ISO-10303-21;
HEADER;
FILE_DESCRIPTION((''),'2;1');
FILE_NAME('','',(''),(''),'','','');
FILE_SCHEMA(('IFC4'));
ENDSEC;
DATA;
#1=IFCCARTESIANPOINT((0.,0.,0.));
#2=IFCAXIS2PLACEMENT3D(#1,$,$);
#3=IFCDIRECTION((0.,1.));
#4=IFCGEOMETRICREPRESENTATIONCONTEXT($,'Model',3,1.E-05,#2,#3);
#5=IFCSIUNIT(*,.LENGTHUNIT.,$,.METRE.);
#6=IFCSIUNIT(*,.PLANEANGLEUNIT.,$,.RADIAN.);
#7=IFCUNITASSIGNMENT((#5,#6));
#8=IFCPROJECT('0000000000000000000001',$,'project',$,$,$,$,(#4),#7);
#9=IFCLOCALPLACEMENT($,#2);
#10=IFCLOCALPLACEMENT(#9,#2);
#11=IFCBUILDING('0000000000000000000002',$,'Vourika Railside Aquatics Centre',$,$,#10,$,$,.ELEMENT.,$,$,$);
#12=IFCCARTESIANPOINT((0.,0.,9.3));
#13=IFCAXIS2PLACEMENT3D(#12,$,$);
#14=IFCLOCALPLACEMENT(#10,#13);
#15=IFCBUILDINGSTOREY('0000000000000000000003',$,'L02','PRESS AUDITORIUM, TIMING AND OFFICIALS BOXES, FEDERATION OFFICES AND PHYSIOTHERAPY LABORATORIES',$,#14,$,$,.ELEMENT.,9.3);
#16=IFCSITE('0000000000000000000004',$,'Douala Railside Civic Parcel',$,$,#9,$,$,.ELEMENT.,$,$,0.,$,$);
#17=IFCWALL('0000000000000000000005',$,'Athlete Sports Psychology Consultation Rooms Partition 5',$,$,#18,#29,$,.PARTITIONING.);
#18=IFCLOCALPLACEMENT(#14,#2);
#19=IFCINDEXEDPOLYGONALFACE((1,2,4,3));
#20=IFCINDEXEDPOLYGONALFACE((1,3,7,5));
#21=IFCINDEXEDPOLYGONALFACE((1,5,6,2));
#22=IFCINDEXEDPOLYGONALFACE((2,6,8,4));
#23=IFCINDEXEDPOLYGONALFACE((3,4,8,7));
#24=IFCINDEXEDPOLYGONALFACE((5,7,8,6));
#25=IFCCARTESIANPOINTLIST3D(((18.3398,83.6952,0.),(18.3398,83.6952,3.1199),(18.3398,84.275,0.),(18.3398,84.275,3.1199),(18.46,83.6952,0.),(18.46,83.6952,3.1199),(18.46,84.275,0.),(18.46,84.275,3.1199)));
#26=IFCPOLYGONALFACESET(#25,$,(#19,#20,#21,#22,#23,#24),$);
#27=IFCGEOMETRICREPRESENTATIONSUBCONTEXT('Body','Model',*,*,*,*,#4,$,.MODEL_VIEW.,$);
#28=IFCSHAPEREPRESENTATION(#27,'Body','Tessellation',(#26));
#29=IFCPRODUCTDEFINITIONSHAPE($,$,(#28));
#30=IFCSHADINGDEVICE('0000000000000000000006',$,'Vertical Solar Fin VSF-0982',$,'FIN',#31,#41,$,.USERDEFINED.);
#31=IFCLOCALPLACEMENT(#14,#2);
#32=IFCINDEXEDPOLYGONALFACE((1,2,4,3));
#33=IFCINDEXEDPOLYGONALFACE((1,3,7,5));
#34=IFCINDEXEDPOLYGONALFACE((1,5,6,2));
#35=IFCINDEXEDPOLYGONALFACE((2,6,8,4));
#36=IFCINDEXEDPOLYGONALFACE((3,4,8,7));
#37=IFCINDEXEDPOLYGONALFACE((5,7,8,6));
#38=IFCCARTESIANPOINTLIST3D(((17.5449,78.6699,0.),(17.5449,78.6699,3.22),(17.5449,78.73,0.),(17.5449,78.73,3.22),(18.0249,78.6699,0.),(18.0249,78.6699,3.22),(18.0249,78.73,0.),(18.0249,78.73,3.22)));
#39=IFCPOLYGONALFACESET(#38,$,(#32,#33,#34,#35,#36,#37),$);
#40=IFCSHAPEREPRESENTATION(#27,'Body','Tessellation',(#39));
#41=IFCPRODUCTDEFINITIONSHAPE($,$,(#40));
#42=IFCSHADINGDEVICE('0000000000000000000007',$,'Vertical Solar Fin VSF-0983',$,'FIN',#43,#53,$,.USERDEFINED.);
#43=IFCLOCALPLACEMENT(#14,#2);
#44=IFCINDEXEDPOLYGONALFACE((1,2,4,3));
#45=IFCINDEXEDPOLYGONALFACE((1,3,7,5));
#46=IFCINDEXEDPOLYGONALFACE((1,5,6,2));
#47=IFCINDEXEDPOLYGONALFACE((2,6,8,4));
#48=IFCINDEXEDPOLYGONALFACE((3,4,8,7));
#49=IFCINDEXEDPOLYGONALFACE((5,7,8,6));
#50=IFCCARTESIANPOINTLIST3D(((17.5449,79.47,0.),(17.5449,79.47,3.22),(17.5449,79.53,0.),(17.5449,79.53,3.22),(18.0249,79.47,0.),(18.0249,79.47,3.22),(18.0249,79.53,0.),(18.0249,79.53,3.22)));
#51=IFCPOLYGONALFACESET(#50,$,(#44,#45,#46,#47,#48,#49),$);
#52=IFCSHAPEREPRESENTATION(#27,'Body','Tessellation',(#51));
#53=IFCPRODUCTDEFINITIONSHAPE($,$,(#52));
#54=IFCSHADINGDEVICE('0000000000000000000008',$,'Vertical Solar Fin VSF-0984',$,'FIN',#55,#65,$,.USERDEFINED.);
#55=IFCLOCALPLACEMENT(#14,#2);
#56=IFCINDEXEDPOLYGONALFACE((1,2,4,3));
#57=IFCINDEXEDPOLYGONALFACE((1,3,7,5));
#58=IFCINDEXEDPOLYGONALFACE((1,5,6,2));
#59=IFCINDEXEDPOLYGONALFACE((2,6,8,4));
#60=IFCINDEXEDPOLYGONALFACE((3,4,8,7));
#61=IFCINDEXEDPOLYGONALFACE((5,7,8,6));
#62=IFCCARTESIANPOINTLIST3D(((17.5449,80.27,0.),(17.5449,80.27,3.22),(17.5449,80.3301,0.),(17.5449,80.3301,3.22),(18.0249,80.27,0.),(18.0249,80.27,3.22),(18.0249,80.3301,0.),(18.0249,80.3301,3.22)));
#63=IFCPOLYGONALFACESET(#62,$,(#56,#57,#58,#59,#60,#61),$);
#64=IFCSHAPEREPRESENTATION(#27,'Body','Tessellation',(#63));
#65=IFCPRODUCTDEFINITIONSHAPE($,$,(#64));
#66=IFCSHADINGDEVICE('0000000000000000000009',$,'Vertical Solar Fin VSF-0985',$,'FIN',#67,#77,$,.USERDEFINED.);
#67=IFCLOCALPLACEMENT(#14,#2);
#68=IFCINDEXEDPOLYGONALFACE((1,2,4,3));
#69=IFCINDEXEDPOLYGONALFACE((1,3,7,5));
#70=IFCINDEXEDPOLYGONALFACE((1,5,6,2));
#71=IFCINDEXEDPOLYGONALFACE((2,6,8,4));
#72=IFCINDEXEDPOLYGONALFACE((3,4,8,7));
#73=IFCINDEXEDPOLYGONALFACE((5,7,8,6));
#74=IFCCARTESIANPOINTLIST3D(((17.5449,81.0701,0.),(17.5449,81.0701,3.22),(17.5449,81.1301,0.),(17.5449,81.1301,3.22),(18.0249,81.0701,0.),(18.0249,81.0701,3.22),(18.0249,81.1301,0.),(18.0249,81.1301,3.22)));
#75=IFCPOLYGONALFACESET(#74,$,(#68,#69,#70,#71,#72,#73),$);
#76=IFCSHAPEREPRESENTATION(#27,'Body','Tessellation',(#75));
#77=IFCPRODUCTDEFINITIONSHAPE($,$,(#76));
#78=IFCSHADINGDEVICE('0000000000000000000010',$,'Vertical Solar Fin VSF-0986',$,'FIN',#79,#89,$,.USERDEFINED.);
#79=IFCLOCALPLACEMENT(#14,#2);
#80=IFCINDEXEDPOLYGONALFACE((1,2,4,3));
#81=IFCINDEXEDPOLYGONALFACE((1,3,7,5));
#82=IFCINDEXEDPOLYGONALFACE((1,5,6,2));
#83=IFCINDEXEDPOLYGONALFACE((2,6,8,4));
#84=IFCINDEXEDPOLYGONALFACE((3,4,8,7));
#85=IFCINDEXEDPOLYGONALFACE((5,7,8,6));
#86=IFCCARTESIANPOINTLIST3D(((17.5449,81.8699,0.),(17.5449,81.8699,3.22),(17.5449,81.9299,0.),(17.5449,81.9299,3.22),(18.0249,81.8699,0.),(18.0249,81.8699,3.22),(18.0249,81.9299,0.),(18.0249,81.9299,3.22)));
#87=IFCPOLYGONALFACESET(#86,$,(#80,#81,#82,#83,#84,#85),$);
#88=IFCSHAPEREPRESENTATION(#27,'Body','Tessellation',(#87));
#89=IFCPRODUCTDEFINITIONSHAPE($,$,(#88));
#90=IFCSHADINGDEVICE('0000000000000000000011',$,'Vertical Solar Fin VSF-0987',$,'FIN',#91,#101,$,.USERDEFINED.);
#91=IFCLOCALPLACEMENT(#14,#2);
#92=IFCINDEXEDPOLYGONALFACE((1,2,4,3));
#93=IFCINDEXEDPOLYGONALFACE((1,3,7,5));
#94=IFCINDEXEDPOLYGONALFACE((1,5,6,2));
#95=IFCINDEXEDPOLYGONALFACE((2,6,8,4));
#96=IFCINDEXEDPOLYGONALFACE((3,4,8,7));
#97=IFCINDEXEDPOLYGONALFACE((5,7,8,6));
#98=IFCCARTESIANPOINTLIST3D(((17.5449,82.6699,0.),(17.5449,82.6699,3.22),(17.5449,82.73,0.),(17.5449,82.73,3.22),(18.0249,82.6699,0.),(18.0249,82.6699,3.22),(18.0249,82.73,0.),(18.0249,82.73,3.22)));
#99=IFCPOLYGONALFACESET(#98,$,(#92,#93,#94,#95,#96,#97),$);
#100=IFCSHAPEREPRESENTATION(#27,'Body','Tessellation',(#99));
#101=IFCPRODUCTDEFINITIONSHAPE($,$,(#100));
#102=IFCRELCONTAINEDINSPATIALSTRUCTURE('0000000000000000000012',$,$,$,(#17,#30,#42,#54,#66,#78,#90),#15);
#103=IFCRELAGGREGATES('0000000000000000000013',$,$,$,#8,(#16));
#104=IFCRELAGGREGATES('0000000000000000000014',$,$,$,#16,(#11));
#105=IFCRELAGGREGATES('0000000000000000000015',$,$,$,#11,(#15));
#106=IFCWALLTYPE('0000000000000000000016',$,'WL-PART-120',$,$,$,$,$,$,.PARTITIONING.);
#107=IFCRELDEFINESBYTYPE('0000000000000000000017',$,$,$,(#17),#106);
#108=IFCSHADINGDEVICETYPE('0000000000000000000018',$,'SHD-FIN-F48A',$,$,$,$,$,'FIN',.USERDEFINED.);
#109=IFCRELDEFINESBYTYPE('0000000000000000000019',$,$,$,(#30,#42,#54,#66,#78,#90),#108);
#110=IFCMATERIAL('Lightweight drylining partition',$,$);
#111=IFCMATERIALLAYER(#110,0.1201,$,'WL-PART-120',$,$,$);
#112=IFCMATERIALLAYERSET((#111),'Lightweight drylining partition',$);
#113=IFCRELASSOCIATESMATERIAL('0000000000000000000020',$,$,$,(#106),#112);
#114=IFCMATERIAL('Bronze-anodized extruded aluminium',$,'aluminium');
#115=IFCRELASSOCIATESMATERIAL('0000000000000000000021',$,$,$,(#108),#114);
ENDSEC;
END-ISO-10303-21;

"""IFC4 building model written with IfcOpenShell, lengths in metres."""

from ifc_helpers import new_model, si_unit, direction, frame, frame_2d, origin, origin_2d, place, context, subcontext, project, spatial, rectangle, extrude, material, layer, layer_set, material_profile, profile_set, type_object, element, save


model = new_model("IFC4")

# Units and contexts
model_context = context("Model", 3, precision=1e-05, world=origin(), true_north=direction((0.0, 1.0)))
body_context = subcontext(model_context, "Body", "Model", "MODEL_VIEW")
ifc_project = project(units=[si_unit("LENGTHUNIT", "METRE"), si_unit("PLANEANGLEUNIT", "RADIAN")], contexts=[model_context])

# Site, building, storey
site_placement = place(None, origin())
site = spatial("IfcSite", under=ifc_project, at=site_placement, Name="Douala Railside Civic Parcel", CompositionType="ELEMENT", RefElevation=0.0)
building_placement = place(site_placement, origin())
building = spatial("IfcBuilding", under=site, at=building_placement, Name="Vourika Railside Aquatics Centre", CompositionType="ELEMENT")
storey_placement = place(building_placement, frame((0.0, 0.0, 9.3)))
storey = spatial("IfcBuildingStorey", under=building, at=storey_placement, Name="L02", Description="PRESS AUDITORIUM, TIMING AND OFFICIALS BOXES, FEDERATION OFFICES AND PHYSIOTHERAPY LABORATORIES", CompositionType="ELEMENT", Elevation=9.3)

# Wall
ifc_material_1 = material(Name="Lightweight drylining partition")
ifc_layer_1 = layer(ifc_material_1, 0.1201, Name="WL-PART-120")
ifc_layer_set_1 = layer_set([ifc_layer_1], Name="Lightweight drylining partition")
wall_type_1 = type_object("IfcWallType", Name="WL-PART-120", PredefinedType="PARTITIONING", material=ifc_layer_set_1)
wall_1_placement = place(storey_placement, frame((18.3999, 83.6951, 0.0), z_axis=(0.0, 0.0, 1.0), x_axis=(0.0, 1.0, 0.0)))
element("IfcWall", 1, at=wall_1_placement, inside=storey, type_object=wall_type_1, Name="Athlete Sports Psychology Consultation Rooms Partition 5", PredefinedType="PARTITIONING", context=body_context, shape_type="SweptSolid", body=[
    extrude(rectangle(XDim=0.5798, YDim=0.1201, at=frame_2d((0.29, 0.0))), origin(), (0.0, 0.0, 1.0), 3.1199),
])

# Shading devices
ifc_material_2 = material(Name="Bronze-anodized extruded aluminium", Category="aluminium")
ifc_material_profile_1 = material_profile(ifc_material_2, rectangle(XDim=0.0601, YDim=0.48, at=origin_2d()), Name="ALU-FIN 60x480")
ifc_profile_set_1 = profile_set([ifc_material_profile_1], Name="Bronze-anodized extruded aluminium")
shading_device_type = type_object("IfcShadingDeviceType", Name="SHD-FIN-F48A", ElementType="FIN", PredefinedType="USERDEFINED", material=ifc_profile_set_1)
for number, where, z_axis, x_axis, name in (
    (2, (17.7849, 78.7, 0.0), (0.0, 0.0, 1.0), (0.0, 1.0, 0.0), "Vertical Solar Fin VSF-0982"),
    (3, (17.7849, 79.5, 0.0), (0.0, 0.0, 1.0), (0.0, 1.0, 0.0), "Vertical Solar Fin VSF-0983"),
    (4, (17.7849, 80.3, 0.0), (0.0, 0.0, 1.0), (0.0, 1.0, 0.0), "Vertical Solar Fin VSF-0984"),
    (5, (17.7849, 81.1001, 0.0), (0.0, 0.0, 1.0), (0.0, 1.0, 0.0), "Vertical Solar Fin VSF-0985"),
    (6, (17.7849, 81.8999, 0.0), (0.0, 0.0, 1.0), (0.0, 1.0, 0.0), "Vertical Solar Fin VSF-0986"),
    (7, (17.7849, 82.7, 0.0), (0.0, 0.0, 1.0), (0.0, 1.0, 0.0), "Vertical Solar Fin VSF-0987"),
):
    element("IfcShadingDevice", number, at=place(storey_placement, frame(where, z_axis=z_axis, x_axis=x_axis)), inside=storey, type_object=shading_device_type, Name=name, ObjectType="FIN", PredefinedType="USERDEFINED", context=body_context, shape_type="SweptSolid", body=[
        extrude(rectangle(XDim=0.0601, YDim=0.48, at=origin_2d()), origin(), (0.0, 0.0, 1.0), 3.22),
    ])

save(model, "model.ifc")
